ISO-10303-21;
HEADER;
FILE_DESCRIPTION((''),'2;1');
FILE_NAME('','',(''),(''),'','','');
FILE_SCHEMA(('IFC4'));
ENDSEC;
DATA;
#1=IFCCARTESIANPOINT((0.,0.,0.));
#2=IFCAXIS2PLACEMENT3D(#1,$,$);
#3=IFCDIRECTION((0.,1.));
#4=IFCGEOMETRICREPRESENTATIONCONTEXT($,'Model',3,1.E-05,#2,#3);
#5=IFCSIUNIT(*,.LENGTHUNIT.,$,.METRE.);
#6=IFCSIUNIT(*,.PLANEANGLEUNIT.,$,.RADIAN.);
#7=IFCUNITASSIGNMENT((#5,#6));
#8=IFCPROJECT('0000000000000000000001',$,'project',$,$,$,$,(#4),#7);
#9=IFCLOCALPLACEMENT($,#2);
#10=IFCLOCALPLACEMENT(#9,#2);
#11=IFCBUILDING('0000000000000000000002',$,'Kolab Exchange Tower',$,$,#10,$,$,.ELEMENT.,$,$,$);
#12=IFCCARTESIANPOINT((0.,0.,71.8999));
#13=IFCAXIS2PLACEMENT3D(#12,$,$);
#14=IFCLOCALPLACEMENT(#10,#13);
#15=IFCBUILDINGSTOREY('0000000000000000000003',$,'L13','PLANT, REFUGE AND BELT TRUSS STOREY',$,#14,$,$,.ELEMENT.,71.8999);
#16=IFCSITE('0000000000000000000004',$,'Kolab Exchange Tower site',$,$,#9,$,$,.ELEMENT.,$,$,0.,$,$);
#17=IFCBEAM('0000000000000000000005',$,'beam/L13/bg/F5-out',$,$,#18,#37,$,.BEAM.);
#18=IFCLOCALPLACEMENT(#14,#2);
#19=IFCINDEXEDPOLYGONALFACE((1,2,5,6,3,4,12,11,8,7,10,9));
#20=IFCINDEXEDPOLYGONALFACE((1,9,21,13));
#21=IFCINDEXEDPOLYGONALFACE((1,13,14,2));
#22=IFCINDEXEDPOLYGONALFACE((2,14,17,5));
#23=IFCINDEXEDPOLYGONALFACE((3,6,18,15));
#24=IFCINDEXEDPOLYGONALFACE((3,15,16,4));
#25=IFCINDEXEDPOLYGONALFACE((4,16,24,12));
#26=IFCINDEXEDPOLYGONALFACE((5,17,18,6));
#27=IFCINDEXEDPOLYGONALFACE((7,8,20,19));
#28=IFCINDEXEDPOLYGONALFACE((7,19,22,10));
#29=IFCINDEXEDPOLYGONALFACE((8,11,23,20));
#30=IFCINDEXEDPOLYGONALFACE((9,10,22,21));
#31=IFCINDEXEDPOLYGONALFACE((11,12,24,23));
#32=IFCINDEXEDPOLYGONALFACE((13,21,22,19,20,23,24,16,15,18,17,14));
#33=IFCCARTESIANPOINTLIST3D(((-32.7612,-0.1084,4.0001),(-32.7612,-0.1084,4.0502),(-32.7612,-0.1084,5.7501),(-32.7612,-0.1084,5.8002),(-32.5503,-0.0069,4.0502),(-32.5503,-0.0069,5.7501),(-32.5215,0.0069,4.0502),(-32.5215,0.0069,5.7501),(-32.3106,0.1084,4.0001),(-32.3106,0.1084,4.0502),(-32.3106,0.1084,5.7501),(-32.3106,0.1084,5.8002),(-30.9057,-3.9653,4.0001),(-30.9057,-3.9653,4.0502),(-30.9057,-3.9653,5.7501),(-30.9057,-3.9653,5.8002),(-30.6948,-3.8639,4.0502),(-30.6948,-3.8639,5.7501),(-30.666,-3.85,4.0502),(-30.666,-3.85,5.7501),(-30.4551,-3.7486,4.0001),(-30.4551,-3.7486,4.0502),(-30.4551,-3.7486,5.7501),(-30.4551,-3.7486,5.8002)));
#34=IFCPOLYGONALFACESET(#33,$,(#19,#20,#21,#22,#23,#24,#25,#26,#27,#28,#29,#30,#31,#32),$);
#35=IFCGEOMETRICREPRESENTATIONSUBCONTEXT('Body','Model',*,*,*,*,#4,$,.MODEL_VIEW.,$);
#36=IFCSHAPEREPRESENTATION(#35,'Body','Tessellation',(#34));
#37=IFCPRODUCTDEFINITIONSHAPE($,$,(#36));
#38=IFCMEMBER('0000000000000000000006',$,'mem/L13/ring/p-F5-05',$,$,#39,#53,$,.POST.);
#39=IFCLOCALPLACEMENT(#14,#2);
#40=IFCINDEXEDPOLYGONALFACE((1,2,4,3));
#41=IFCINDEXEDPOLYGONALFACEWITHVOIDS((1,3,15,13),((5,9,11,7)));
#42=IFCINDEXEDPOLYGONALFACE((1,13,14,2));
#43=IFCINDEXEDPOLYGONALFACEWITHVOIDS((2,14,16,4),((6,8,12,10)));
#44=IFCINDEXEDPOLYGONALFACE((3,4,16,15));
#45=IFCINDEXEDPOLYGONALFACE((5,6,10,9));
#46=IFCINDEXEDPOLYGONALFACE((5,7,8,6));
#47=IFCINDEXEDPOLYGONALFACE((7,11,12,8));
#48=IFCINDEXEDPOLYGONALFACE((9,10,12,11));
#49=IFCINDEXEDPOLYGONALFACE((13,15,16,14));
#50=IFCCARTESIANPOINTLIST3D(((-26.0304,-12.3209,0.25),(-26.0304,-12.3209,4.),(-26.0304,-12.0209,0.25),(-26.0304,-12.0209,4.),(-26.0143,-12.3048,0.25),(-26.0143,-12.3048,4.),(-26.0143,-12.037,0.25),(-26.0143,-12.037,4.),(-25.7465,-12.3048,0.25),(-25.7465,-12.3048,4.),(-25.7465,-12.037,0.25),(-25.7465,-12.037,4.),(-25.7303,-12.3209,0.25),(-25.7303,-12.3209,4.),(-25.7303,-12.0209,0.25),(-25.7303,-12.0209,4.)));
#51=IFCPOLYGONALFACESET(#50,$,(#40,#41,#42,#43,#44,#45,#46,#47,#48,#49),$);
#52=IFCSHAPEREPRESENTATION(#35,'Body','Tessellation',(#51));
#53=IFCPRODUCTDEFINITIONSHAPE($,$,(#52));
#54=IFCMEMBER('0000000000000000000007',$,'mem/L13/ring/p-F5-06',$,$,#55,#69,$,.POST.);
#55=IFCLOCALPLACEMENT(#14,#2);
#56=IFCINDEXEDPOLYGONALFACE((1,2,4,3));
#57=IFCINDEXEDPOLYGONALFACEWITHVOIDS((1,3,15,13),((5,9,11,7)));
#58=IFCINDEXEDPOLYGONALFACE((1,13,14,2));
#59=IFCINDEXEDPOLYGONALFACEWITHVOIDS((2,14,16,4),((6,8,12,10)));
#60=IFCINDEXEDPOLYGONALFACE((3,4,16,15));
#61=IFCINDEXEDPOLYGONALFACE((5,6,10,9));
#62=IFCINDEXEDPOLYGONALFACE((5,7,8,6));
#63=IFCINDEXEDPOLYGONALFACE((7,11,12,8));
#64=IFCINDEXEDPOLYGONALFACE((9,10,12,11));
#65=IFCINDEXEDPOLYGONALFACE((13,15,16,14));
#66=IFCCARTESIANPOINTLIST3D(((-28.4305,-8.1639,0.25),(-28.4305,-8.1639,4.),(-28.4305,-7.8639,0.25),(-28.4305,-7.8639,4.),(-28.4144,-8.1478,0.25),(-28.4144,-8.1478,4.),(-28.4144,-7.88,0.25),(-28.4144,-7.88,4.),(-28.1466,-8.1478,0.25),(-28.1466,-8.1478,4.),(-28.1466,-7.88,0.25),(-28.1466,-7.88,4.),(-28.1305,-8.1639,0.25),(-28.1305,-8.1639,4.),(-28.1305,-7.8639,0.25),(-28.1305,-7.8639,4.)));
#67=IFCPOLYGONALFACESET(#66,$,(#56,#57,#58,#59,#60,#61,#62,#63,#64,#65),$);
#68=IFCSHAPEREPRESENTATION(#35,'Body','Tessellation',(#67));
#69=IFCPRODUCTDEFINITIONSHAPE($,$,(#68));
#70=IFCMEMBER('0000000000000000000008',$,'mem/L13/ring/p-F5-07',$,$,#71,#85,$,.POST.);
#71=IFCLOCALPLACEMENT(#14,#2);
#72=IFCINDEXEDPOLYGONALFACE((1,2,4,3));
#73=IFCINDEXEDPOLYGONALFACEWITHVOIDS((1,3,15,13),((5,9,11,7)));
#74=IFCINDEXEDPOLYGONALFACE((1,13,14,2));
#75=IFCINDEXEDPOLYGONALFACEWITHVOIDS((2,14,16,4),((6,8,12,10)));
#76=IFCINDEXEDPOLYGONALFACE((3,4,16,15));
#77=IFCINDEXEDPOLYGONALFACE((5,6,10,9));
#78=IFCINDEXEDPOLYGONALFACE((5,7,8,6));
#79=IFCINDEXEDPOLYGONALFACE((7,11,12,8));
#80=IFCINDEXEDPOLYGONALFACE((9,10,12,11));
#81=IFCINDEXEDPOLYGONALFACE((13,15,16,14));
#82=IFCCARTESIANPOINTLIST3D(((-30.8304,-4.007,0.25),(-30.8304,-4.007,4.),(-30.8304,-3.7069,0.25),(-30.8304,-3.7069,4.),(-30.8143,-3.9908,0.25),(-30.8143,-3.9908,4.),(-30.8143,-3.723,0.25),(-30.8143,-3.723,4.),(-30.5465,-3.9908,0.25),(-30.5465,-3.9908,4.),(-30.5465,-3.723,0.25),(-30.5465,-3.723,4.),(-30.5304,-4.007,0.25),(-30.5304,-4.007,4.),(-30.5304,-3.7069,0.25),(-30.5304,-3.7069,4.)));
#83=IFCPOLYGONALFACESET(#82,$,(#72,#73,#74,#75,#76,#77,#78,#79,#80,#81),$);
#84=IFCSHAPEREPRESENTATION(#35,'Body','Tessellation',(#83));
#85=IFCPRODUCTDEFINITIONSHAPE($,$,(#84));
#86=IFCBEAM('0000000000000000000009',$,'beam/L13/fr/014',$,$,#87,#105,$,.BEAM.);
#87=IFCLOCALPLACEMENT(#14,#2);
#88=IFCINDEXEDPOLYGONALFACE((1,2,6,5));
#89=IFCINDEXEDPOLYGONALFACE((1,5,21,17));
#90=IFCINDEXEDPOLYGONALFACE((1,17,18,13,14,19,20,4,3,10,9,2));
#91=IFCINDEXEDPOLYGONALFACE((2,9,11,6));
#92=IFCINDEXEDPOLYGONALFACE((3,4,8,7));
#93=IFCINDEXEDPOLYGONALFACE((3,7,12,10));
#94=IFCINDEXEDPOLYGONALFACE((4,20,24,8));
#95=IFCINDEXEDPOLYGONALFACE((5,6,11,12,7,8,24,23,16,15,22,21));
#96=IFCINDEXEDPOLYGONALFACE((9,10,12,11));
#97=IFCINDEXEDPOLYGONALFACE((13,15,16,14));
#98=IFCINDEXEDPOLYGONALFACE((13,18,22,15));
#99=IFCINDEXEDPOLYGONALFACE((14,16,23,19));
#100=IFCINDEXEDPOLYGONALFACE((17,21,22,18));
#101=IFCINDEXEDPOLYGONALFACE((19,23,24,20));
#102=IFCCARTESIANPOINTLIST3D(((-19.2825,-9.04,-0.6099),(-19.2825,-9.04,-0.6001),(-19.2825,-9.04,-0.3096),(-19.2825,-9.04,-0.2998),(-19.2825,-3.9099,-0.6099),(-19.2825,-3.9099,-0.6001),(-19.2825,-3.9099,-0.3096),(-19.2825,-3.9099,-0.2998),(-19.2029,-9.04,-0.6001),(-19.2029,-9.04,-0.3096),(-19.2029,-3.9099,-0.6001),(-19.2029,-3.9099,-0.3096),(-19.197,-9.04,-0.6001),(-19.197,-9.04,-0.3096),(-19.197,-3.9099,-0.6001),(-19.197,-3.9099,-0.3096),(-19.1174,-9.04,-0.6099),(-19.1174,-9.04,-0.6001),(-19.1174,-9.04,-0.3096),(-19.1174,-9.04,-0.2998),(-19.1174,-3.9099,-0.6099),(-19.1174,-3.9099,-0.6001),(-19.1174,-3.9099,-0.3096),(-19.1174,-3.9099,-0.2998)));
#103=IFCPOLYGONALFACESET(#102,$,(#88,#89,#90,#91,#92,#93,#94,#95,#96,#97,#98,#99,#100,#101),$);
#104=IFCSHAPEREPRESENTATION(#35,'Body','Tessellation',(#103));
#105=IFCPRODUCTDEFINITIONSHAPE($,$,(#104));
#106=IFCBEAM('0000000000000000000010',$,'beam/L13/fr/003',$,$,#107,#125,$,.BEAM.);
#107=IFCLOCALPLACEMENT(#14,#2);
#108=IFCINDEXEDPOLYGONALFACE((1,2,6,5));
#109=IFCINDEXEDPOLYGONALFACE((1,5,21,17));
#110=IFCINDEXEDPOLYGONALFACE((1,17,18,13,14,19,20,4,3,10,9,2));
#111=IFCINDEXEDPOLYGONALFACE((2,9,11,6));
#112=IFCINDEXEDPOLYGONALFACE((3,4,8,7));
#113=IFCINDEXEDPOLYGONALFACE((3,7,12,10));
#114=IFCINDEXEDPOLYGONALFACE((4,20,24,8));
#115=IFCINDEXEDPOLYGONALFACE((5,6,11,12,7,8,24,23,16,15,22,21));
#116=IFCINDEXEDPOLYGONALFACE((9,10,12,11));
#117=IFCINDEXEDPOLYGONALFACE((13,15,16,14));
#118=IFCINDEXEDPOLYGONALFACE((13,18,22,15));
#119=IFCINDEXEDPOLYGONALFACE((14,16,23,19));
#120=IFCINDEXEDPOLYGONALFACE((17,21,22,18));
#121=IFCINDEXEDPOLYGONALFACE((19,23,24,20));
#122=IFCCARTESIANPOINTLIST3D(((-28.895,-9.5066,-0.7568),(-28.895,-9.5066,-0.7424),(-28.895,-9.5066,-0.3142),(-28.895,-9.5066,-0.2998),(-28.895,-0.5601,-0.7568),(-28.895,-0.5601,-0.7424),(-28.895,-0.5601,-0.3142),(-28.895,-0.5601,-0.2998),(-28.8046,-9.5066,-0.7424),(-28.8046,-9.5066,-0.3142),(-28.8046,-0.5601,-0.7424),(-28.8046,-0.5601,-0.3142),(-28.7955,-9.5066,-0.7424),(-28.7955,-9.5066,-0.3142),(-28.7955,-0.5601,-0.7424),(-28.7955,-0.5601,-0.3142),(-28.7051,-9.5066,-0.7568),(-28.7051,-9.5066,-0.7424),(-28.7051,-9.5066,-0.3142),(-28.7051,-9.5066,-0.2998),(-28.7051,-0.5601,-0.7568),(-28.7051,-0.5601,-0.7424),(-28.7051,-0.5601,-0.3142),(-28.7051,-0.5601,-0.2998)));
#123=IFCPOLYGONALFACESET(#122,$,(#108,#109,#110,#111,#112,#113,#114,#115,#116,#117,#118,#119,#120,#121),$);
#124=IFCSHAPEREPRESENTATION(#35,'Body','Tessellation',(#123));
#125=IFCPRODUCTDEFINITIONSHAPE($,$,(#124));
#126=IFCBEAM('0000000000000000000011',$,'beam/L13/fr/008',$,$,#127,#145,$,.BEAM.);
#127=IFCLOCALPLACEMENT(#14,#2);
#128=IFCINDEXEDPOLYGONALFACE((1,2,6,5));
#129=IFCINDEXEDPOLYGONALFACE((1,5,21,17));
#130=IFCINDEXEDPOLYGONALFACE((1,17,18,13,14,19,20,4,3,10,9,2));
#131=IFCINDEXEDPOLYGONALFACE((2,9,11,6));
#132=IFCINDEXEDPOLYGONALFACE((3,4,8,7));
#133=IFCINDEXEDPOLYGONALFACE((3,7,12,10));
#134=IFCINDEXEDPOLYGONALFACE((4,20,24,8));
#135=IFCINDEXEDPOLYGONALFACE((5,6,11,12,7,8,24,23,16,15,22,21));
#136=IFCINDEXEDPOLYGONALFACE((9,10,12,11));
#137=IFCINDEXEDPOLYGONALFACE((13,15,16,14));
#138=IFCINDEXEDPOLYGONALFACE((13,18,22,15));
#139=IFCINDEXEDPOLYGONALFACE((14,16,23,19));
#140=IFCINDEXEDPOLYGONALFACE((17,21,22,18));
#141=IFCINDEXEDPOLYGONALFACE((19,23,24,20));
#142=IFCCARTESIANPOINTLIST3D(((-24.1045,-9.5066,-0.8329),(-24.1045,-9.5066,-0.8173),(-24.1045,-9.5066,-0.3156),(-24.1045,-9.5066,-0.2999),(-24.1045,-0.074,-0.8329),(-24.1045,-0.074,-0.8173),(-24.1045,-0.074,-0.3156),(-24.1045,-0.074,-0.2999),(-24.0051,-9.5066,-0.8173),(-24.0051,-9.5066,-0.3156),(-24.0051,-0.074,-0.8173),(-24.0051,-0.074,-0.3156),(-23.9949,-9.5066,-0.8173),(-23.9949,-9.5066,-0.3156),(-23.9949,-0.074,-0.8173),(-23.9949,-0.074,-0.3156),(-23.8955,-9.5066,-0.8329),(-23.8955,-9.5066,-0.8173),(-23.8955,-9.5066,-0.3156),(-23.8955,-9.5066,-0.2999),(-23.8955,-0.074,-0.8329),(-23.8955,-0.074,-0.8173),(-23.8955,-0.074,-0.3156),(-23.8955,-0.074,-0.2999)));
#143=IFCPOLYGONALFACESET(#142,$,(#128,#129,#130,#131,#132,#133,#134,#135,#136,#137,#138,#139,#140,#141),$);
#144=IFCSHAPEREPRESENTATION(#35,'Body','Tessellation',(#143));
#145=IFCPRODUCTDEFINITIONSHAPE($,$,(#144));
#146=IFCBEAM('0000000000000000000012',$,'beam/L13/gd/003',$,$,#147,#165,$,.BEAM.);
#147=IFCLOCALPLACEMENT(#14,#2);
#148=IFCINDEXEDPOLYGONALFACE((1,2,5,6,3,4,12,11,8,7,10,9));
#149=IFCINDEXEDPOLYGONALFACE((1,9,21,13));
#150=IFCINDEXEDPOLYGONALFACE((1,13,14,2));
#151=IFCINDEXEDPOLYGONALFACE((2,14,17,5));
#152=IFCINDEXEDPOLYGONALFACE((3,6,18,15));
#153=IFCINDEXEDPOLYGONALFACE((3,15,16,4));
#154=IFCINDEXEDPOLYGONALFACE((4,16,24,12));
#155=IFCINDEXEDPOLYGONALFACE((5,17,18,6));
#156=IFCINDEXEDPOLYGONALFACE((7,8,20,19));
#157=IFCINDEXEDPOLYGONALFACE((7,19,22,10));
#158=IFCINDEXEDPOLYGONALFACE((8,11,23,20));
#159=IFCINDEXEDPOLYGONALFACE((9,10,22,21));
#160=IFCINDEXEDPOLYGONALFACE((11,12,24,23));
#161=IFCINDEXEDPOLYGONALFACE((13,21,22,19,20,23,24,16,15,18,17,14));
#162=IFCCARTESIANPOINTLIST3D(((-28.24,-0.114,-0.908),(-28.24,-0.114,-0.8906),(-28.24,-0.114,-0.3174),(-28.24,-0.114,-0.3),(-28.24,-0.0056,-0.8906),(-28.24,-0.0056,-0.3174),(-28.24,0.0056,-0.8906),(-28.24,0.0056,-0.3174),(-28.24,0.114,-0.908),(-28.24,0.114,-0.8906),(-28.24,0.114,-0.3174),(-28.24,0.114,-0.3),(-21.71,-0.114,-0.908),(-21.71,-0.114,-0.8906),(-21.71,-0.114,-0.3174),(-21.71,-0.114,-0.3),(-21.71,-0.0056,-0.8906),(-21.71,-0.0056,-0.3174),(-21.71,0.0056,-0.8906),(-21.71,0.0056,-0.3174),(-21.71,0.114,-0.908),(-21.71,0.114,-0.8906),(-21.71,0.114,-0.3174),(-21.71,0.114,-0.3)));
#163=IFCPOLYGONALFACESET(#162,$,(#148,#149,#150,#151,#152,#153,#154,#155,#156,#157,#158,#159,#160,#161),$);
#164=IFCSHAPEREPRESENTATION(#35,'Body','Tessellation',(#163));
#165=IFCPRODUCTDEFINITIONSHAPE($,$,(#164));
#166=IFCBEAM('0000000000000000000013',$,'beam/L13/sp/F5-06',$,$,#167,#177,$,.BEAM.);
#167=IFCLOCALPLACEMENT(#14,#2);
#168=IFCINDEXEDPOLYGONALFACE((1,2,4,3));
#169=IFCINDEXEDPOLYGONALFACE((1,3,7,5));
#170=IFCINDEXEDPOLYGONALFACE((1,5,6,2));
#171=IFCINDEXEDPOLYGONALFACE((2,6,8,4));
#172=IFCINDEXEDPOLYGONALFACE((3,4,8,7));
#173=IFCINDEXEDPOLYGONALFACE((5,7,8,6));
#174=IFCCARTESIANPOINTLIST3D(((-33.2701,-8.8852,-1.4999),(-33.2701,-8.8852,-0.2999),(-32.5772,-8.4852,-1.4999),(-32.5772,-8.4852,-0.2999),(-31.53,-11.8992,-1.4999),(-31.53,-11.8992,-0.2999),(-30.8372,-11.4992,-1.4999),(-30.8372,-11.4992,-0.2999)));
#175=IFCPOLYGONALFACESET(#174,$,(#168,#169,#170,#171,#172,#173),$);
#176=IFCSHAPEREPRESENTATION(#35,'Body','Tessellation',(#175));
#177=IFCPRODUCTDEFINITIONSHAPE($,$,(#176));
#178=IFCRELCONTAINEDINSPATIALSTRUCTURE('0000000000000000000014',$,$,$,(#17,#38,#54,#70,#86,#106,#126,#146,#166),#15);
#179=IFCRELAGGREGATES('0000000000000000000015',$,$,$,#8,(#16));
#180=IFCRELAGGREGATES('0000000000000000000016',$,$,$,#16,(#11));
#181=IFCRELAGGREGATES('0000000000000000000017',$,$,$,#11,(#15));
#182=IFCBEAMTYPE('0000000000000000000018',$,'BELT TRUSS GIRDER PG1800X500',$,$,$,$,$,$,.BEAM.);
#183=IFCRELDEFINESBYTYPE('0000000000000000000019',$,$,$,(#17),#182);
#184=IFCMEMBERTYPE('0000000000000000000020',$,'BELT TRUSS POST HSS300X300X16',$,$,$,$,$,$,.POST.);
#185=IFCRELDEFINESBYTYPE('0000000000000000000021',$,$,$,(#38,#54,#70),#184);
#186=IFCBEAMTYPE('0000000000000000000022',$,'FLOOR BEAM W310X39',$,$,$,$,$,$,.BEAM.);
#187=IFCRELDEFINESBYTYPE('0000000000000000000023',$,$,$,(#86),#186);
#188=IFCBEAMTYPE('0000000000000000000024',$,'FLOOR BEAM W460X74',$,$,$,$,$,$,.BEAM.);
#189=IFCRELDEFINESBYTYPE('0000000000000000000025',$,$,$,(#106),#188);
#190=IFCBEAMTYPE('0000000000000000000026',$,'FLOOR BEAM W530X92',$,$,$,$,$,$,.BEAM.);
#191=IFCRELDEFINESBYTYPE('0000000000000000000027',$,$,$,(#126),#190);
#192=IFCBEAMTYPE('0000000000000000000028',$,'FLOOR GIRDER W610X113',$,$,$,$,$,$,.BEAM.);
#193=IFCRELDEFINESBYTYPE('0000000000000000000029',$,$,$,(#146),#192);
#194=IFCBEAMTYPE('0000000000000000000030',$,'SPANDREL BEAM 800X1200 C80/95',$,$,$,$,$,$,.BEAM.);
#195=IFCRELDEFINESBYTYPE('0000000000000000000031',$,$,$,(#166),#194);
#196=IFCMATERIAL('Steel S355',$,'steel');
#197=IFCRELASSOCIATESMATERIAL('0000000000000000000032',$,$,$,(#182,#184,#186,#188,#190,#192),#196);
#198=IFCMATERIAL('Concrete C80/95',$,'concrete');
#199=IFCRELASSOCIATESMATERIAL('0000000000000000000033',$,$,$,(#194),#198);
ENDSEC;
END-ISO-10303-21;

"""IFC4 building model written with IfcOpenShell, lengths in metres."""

from ifc_helpers import new_model, si_unit, direction, frame, origin, origin_2d, place, context, subcontext, project, spatial, rectangle, hollow_rectangle, i_section, extrude, material, material_profile, profile_set, type_object, element, save


model = new_model("IFC4")

# Units and contexts
model_context = context("Model", 3, precision=1e-05, world=origin(), true_north=direction((0.0, 1.0)))
body_context = subcontext(model_context, "Body", "Model", "MODEL_VIEW")
ifc_project = project(units=[si_unit("LENGTHUNIT", "METRE"), si_unit("PLANEANGLEUNIT", "RADIAN")], contexts=[model_context])

# Site, building, storey
site_placement = place(None, origin())
site = spatial("IfcSite", under=ifc_project, at=site_placement, Name="Kolab Exchange Tower site", CompositionType="ELEMENT", RefElevation=0.0)
building_placement = place(site_placement, origin())
building = spatial("IfcBuilding", under=site, at=building_placement, Name="Kolab Exchange Tower", CompositionType="ELEMENT")
storey_placement = place(building_placement, frame((0.0, 0.0, 71.8999)))
storey = spatial("IfcBuildingStorey", under=building, at=storey_placement, Name="L13", Description="PLANT, REFUGE AND BELT TRUSS STOREY", CompositionType="ELEMENT", Elevation=71.8999)

# Shared definitions
ifc_material_1 = material(Name="Concrete C80/95", Category="concrete")

# Shared definitions
ifc_material_2 = material(Name="Steel S355", Category="steel")

# Beam
ifc_material_profile_1 = material_profile(ifc_material_2, i_section(OverallWidth=0.5, OverallDepth=1.8, WebThickness=0.032, FlangeThickness=0.05, at=origin_2d()), Name="PG1800X500")
ifc_profile_set_1 = profile_set([ifc_material_profile_1], Name="Steel S355")
beam_type_1 = type_object("IfcBeamType", Name="BELT TRUSS GIRDER PG1800X500", PredefinedType="BEAM", material=ifc_profile_set_1)
beam_1_placement = place(storey_placement, frame((-30.6804, -3.8569, 4.9001), z_axis=(-0.433517, 0.901145, 0.0), x_axis=(-0.901145, -0.433517, 0.0)))
element("IfcBeam", 1, at=beam_1_placement, inside=storey, type_object=beam_type_1, Name="beam/L13/bg/F5-out", PredefinedType="BEAM", context=body_context, shape_type="SweptSolid", body=[
    extrude(i_section(OverallWidth=0.5, OverallDepth=1.8, WebThickness=0.032, FlangeThickness=0.05, at=origin_2d()), origin(), (0.0, 0.0, 1.0), 4.28),
])

# Members
ifc_material_profile_2 = material_profile(ifc_material_2, hollow_rectangle(XDim=0.3, YDim=0.3, WallThickness=0.0161, at=origin_2d()), Name="HSS300X300X16")
ifc_profile_set_2 = profile_set([ifc_material_profile_2], Name="Steel S355")
member_type_1 = type_object("IfcMemberType", Name="BELT TRUSS POST HSS300X300X16", PredefinedType="POST", material=ifc_profile_set_2)
for number, where, z_axis, x_axis, name in (
    (2, (-25.8804, -12.1709, 0.25), (0.0, 0.0, 1.0), (1.0, 0.0, 0.0), "mem/L13/ring/p-F5-05"),
    (3, (-28.2805, -8.0139, 0.25), (0.0, 0.0, 1.0), (1.0, 0.0, 0.0), "mem/L13/ring/p-F5-06"),
    (4, (-30.6804, -3.8569, 0.25), (0.0, 0.0, 1.0), (1.0, 0.0, 0.0), "mem/L13/ring/p-F5-07"),
):
    element("IfcMember", number, at=place(storey_placement, frame(where, z_axis=z_axis, x_axis=x_axis)), inside=storey, type_object=member_type_1, Name=name, PredefinedType="POST", context=body_context, shape_type="SweptSolid", body=[
        extrude(hollow_rectangle(XDim=0.3, YDim=0.3, WallThickness=0.0161, at=origin_2d()), origin(), (0.0, 0.0, 1.0), 3.75),
    ])

# Beams
ifc_material_profile_3 = material_profile(ifc_material_2, i_section(OverallWidth=0.165, OverallDepth=0.3101, WebThickness=0.0059, FlangeThickness=0.0098, at=origin_2d()), Name="W310X39")
ifc_profile_set_3 = profile_set([ifc_material_profile_3], Name="Steel S355")
beam_type_2 = type_object("IfcBeamType", Name="FLOOR BEAM W310X39", PredefinedType="BEAM", material=ifc_profile_set_3)
beam_2_placement = place(storey_placement, frame((-19.2, -9.04, -0.4548), z_axis=(0.0, 1.0, 0.0), x_axis=(-1.0, 0.0, 0.0)))
element("IfcBeam", 5, at=beam_2_placement, inside=storey, type_object=beam_type_2, Name="beam/L13/fr/014", PredefinedType="BEAM", context=body_context, shape_type="SweptSolid", body=[
    extrude(i_section(OverallWidth=0.165, OverallDepth=0.3101, WebThickness=0.0059, FlangeThickness=0.0098, at=origin_2d()), origin(), (0.0, 0.0, 1.0), 5.1301),
])
ifc_material_profile_4 = material_profile(ifc_material_2, i_section(OverallWidth=0.1899, OverallDepth=0.457, WebThickness=0.009, FlangeThickness=0.0144, at=origin_2d()), Name="W460X74")
ifc_profile_set_4 = profile_set([ifc_material_profile_4], Name="Steel S355")
beam_type_3 = type_object("IfcBeamType", Name="FLOOR BEAM W460X74", PredefinedType="BEAM", material=ifc_profile_set_4)
beam_3_placement = place(storey_placement, frame((-28.8, -9.5066, -0.5283), z_axis=(0.0, 1.0, 0.0), x_axis=(-1.0, 0.0, 0.0)))
element("IfcBeam", 6, at=beam_3_placement, inside=storey, type_object=beam_type_3, Name="beam/L13/fr/003", PredefinedType="BEAM", context=body_context, shape_type="SweptSolid", body=[
    extrude(i_section(OverallWidth=0.1899, OverallDepth=0.457, WebThickness=0.009, FlangeThickness=0.0144, at=origin_2d()), origin(), (0.0, 0.0, 1.0), 8.9465),
])
ifc_material_profile_5 = material_profile(ifc_material_2, i_section(OverallWidth=0.209, OverallDepth=0.533, WebThickness=0.0103, FlangeThickness=0.0156, at=origin_2d()), Name="W530X92")
ifc_profile_set_5 = profile_set([ifc_material_profile_5], Name="Steel S355")
beam_type_4 = type_object("IfcBeamType", Name="FLOOR BEAM W530X92", PredefinedType="BEAM", material=ifc_profile_set_5)
beam_4_placement = place(storey_placement, frame((-24.0, -9.5066, -0.5664), z_axis=(0.0, 1.0, 0.0), x_axis=(-1.0, 0.0, 0.0)))
element("IfcBeam", 7, at=beam_4_placement, inside=storey, type_object=beam_type_4, Name="beam/L13/fr/008", PredefinedType="BEAM", context=body_context, shape_type="SweptSolid", body=[
    extrude(i_section(OverallWidth=0.209, OverallDepth=0.533, WebThickness=0.0103, FlangeThickness=0.0156, at=origin_2d()), origin(), (0.0, 0.0, 1.0), 9.4326),
])
ifc_material_profile_6 = material_profile(ifc_material_2, i_section(OverallWidth=0.228, OverallDepth=0.6079, WebThickness=0.0112, FlangeThickness=0.0173, at=origin_2d()), Name="W610X113")
ifc_profile_set_6 = profile_set([ifc_material_profile_6], Name="Steel S355")
beam_type_5 = type_object("IfcBeamType", Name="FLOOR GIRDER W610X113", PredefinedType="BEAM", material=ifc_profile_set_6)
beam_5_placement = place(storey_placement, frame((-28.24, 0.0, -0.604), z_axis=(1.0, 0.0, 0.0), x_axis=(0.0, 1.0, 0.0)))
element("IfcBeam", 8, at=beam_5_placement, inside=storey, type_object=beam_type_5, Name="beam/L13/gd/003", PredefinedType="BEAM", context=body_context, shape_type="SweptSolid", body=[
    extrude(i_section(OverallWidth=0.228, OverallDepth=0.6079, WebThickness=0.0112, FlangeThickness=0.0173, at=origin_2d()), origin(), (0.0, 0.0, 1.0), 6.53),
])
ifc_material_profile_7 = material_profile(ifc_material_1, rectangle(XDim=0.8, YDim=1.2, at=origin_2d()), Name="RC800X1200")
ifc_profile_set_7 = profile_set([ifc_material_profile_7], Name="Concrete C80/95")
beam_type_6 = type_object("IfcBeamType", Name="SPANDREL BEAM 800X1200 C80/95", PredefinedType="BEAM", material=ifc_profile_set_7)
for number, where, z_axis, x_axis, name in (
    (9, (-31.1836, -11.6992, -0.8999), (-0.49998, 0.866037, 0.0), (-0.866037, -0.49998, 0.0), "beam/L13/sp/F5-06"),
):
    element("IfcBeam", number, at=place(storey_placement, frame(where, z_axis=z_axis, x_axis=x_axis)), inside=storey, type_object=beam_type_6, Name=name, PredefinedType="BEAM", context=body_context, shape_type="SweptSolid", body=[
        extrude(rectangle(XDim=0.8, YDim=1.2, at=origin_2d()), origin(), (0.0, 0.0, 1.0), 3.4802),
    ])

save(model, "model.ifc")
